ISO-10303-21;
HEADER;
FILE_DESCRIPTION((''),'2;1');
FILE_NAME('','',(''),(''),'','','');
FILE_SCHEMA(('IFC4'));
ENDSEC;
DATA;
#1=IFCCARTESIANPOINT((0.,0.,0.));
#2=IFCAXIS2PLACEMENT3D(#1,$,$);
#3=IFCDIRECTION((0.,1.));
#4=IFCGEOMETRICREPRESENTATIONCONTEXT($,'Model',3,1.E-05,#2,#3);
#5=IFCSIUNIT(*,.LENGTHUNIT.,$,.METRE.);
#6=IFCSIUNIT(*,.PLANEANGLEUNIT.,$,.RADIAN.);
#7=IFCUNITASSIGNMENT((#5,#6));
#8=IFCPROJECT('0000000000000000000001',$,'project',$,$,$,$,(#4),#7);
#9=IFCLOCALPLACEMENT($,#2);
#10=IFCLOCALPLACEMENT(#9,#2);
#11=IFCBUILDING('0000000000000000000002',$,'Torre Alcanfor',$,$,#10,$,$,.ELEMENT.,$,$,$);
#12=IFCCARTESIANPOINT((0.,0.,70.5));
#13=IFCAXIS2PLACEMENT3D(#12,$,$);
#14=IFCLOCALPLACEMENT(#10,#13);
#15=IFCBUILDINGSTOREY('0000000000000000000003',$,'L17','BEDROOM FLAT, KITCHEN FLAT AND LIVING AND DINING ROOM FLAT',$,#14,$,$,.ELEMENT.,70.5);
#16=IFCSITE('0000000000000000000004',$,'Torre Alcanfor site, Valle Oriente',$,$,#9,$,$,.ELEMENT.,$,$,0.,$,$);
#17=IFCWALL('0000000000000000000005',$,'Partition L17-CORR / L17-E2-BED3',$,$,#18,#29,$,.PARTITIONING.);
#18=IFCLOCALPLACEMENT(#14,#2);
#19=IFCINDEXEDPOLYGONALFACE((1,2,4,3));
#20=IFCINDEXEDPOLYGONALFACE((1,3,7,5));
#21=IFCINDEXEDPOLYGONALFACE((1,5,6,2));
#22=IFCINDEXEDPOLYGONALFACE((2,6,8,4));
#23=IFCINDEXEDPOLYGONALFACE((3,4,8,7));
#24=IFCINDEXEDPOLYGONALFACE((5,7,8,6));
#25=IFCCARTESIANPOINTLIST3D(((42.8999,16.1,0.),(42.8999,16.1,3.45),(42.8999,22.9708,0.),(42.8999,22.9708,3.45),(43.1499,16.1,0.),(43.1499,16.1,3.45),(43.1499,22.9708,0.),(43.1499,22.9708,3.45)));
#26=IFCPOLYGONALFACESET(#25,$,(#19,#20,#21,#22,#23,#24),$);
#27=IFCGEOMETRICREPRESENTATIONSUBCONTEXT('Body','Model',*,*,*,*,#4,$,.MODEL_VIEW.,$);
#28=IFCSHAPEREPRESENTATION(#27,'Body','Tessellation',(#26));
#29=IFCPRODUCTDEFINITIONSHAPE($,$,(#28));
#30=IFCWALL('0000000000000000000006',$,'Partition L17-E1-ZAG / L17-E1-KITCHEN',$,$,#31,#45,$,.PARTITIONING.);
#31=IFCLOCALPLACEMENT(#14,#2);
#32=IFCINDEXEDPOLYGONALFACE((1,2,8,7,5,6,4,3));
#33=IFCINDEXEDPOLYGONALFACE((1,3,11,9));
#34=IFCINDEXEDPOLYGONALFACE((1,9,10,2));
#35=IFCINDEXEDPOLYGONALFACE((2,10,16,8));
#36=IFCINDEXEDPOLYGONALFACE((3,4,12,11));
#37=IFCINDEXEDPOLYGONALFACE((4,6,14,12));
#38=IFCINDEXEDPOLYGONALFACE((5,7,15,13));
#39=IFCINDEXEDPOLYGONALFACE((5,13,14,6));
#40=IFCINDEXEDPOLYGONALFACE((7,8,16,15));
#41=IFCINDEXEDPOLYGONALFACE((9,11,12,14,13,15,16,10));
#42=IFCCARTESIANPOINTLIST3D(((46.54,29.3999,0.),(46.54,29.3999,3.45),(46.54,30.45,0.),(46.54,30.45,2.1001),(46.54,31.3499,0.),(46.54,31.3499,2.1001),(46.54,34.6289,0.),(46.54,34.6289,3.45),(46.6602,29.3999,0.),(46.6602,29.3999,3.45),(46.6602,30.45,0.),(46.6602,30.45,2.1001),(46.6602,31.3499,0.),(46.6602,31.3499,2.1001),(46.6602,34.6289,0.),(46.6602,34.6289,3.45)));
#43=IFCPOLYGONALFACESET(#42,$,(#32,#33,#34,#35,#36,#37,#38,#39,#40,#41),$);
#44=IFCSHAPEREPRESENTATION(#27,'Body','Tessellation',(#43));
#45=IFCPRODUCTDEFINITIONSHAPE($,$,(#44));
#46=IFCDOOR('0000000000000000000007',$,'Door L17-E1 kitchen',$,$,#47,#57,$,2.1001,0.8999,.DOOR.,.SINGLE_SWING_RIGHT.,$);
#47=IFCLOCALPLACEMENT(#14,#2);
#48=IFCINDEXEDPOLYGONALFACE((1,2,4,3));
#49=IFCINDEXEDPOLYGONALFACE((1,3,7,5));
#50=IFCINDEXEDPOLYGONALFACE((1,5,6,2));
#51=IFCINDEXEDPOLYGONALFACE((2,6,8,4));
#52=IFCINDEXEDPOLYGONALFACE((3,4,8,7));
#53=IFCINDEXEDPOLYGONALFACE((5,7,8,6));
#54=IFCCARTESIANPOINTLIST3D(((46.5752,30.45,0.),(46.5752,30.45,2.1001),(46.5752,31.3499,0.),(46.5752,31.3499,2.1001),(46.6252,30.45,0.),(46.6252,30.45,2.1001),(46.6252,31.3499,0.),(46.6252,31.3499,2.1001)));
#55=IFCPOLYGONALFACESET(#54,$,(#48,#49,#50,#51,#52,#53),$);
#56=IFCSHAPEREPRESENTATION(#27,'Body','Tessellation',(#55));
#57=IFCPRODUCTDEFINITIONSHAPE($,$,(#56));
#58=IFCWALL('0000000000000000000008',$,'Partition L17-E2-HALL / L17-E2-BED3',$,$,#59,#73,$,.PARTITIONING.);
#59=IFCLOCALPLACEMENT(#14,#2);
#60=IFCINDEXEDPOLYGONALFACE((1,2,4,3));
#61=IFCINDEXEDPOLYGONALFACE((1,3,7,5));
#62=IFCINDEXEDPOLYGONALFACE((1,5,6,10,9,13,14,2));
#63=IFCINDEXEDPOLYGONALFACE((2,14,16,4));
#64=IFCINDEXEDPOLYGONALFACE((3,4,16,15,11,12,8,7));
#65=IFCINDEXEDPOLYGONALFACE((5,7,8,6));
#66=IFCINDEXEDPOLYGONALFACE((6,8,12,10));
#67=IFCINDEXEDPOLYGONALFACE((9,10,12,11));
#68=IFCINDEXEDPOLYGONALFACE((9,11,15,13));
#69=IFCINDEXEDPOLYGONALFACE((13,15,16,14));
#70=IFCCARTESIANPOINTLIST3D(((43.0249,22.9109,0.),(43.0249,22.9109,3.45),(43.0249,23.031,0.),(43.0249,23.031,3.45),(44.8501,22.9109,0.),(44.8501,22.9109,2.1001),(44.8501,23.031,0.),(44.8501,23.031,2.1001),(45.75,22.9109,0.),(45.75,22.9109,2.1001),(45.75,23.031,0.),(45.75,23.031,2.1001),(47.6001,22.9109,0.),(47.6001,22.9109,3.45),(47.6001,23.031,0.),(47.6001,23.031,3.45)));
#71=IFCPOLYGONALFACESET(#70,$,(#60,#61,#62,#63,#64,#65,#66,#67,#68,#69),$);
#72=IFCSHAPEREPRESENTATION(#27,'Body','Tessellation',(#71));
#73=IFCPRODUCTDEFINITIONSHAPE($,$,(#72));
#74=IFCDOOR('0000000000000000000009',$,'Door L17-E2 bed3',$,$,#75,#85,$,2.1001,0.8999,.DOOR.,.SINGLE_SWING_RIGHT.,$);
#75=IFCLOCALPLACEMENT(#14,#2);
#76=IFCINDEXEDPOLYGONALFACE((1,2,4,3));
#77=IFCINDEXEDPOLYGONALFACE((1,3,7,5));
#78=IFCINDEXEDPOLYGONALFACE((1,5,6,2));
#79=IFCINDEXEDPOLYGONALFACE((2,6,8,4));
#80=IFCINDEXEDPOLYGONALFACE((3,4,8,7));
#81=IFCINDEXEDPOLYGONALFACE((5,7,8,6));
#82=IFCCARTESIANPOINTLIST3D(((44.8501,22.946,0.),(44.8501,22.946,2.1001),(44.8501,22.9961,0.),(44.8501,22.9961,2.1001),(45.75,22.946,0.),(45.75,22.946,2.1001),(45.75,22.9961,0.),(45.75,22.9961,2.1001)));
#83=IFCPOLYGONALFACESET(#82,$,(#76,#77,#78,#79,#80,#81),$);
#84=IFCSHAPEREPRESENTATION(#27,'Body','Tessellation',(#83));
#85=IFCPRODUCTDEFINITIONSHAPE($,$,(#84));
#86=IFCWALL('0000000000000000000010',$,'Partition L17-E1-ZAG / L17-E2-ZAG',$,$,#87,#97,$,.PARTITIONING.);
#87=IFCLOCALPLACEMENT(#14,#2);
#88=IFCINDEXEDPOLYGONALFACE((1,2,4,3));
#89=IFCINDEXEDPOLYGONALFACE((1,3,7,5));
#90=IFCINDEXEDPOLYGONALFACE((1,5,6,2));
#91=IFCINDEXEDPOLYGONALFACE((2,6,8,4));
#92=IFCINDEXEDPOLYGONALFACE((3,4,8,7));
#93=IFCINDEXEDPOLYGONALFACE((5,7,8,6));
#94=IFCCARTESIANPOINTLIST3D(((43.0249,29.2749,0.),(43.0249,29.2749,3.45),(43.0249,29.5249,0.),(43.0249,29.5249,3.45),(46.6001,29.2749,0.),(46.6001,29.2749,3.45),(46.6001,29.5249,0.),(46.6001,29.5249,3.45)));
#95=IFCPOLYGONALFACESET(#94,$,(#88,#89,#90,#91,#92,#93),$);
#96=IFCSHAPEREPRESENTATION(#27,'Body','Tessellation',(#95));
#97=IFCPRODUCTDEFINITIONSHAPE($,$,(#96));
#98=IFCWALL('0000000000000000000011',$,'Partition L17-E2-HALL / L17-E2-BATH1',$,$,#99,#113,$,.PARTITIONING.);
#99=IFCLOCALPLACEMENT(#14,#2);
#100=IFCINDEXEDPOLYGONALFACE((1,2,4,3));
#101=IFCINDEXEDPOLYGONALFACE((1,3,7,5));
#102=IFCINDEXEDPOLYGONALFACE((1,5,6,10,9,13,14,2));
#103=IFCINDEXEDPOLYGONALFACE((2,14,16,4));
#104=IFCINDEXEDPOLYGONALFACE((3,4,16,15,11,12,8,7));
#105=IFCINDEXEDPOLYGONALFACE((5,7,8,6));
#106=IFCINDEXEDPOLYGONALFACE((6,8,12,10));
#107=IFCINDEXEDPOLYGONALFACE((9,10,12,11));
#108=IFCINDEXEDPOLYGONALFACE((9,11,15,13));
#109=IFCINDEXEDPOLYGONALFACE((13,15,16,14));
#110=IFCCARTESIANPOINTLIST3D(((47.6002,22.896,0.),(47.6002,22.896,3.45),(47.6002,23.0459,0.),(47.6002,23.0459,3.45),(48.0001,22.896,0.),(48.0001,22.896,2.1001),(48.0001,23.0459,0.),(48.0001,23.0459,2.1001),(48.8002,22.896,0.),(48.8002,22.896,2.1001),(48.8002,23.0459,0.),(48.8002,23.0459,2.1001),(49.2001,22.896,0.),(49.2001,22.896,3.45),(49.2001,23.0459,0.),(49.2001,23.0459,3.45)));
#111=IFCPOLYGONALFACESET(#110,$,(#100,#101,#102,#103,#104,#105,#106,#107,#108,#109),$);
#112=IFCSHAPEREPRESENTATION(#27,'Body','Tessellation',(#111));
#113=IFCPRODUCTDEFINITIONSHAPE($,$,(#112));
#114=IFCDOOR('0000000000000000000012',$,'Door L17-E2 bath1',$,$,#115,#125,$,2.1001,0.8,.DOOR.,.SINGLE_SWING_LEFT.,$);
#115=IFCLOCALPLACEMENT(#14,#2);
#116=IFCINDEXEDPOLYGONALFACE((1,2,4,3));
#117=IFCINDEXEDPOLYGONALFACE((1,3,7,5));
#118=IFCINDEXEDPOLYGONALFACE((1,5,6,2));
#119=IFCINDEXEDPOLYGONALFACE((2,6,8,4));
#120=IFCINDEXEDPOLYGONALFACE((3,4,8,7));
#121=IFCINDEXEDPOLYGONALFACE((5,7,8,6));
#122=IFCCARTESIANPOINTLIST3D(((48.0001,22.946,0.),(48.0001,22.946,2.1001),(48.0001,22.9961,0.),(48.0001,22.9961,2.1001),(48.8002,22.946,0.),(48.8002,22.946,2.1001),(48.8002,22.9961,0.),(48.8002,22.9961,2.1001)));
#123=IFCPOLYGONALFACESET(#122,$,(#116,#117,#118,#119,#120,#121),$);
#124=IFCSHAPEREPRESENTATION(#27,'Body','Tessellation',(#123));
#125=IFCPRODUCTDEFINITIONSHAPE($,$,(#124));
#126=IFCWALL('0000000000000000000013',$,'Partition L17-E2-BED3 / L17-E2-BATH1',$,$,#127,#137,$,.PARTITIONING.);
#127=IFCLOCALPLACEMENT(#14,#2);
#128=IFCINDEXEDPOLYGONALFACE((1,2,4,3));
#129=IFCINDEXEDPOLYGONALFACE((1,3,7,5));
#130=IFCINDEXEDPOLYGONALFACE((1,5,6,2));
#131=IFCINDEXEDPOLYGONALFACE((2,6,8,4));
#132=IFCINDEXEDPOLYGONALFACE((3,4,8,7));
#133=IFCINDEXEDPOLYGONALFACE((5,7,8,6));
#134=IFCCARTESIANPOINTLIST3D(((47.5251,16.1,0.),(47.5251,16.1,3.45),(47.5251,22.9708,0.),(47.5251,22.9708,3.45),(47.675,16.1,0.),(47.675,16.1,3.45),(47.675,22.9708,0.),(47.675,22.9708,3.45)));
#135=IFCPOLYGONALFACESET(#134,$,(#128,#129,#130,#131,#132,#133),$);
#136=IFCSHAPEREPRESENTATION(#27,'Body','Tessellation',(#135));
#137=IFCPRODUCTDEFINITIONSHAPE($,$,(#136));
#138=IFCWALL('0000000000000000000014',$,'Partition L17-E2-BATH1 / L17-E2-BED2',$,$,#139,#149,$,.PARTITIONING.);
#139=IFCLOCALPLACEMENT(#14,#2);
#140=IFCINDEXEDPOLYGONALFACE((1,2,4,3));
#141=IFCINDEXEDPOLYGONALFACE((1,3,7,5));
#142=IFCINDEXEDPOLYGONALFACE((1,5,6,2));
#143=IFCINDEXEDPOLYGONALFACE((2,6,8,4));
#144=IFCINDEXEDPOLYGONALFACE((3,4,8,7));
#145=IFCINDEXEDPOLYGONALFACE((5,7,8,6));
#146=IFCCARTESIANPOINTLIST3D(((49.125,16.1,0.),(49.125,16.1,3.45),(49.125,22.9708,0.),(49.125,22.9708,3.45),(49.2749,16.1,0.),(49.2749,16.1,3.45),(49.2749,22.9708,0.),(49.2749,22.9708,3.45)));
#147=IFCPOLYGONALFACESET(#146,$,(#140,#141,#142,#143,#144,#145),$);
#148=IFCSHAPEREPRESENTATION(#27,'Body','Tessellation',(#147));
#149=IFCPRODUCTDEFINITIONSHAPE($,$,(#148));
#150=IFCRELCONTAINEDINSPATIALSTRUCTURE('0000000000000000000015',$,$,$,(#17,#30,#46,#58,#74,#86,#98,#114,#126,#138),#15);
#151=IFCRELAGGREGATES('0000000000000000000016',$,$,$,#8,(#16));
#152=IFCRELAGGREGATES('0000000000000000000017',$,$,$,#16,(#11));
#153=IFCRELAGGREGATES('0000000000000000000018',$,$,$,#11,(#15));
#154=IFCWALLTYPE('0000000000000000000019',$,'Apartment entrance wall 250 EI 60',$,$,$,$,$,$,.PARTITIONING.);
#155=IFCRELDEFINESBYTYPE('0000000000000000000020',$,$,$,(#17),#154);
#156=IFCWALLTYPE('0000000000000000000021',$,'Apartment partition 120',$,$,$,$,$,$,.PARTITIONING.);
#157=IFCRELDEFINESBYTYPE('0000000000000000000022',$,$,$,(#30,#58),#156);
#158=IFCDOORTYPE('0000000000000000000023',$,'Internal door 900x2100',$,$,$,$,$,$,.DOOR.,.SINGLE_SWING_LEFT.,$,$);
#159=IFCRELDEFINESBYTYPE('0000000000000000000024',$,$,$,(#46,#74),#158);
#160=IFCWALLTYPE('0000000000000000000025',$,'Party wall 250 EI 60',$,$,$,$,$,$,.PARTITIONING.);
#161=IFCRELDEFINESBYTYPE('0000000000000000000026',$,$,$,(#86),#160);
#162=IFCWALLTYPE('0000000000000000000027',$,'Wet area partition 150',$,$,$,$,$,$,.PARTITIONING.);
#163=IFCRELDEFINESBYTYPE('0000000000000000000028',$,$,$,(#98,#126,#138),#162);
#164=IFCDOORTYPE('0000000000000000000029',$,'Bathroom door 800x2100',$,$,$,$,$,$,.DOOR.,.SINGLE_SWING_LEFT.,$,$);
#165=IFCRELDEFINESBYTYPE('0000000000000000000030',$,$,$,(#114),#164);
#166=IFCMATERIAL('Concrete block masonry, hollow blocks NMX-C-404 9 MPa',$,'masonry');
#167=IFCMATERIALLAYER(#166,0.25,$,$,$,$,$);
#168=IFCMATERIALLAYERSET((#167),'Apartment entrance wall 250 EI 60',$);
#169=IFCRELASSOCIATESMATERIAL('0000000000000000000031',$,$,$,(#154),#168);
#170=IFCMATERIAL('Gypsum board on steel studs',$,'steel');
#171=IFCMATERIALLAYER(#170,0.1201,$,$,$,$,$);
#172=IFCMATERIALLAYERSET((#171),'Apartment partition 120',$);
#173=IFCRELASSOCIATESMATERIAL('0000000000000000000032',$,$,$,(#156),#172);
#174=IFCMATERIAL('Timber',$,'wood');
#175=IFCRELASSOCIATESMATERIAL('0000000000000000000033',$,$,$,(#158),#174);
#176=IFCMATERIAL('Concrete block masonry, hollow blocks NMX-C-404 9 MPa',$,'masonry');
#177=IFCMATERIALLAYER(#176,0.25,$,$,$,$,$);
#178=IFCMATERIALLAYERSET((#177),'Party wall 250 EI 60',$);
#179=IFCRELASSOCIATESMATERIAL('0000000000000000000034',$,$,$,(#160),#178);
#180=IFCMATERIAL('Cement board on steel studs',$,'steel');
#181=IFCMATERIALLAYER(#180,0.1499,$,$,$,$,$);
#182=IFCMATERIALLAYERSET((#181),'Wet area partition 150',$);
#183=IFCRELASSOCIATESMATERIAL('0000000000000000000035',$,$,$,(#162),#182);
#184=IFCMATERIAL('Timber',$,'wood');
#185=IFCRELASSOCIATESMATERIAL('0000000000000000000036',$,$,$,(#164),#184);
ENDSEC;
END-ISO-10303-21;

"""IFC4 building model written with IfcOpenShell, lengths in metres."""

from ifc_helpers import new_model, si_unit, direction, frame, frame_2d, origin, place, context, subcontext, project, spatial, rectangle, extrude, material, layer, layer_set, type_object, element, fill, save


model = new_model("IFC4")

# Units and contexts
model_context = context("Model", 3, precision=1e-05, world=origin(), true_north=direction((0.0, 1.0)))
body_context = subcontext(model_context, "Body", "Model", "MODEL_VIEW")
ifc_project = project(units=[si_unit("LENGTHUNIT", "METRE"), si_unit("PLANEANGLEUNIT", "RADIAN")], contexts=[model_context])

# Site, building, storey
site_placement = place(None, origin())
site = spatial("IfcSite", under=ifc_project, at=site_placement, Name="Torre Alcanfor site, Valle Oriente", CompositionType="ELEMENT", RefElevation=0.0)
building_placement = place(site_placement, origin())
building = spatial("IfcBuilding", under=site, at=building_placement, Name="Torre Alcanfor", CompositionType="ELEMENT")
storey_placement = place(building_placement, frame((0.0, 0.0, 70.5)))
storey = spatial("IfcBuildingStorey", under=building, at=storey_placement, Name="L17", Description="BEDROOM FLAT, KITCHEN FLAT AND LIVING AND DINING ROOM FLAT", CompositionType="ELEMENT", Elevation=70.5)

# Shared definitions
ifc_material_1 = material(Name="Concrete block masonry, hollow blocks NMX-C-404 9 MPa", Category="masonry")
ifc_layer_1 = layer(ifc_material_1, 0.25)
ifc_layer_set_1 = layer_set([ifc_layer_1], Name="Apartment entrance wall 250 EI 60")
wall_type_1 = type_object("IfcWallType", Name="Apartment entrance wall 250 EI 60", PredefinedType="PARTITIONING", material=ifc_layer_set_1)

# Wall
wall_1_placement = place(storey_placement, frame((43.0249, 22.9709, 0.0), z_axis=(0.0, 0.0, 1.0), x_axis=(0.0, -1.0, 0.0)))
element("IfcWall", 1, at=wall_1_placement, inside=storey, type_object=wall_type_1, Name="Partition L17-CORR / L17-E2-BED3", PredefinedType="PARTITIONING", context=body_context, shape_type="SweptSolid", body=[
    extrude(rectangle(XDim=6.8708, YDim=0.25, at=frame_2d((3.4355, 0.0))), origin(), (0.0, 0.0, 1.0), 3.45),
])

# Walls, openings, doors
ifc_material_2 = material(Name="Gypsum board on steel studs", Category="steel")
ifc_layer_2 = layer(ifc_material_2, 0.1201)
ifc_layer_set_2 = layer_set([ifc_layer_2], Name="Apartment partition 120")
wall_type_2 = type_object("IfcWallType", Name="Apartment partition 120", PredefinedType="PARTITIONING", material=ifc_layer_set_2)
wall_2_placement = place(storey_placement, frame((46.6001, 29.3999, 0.0), z_axis=(0.0, 0.0, 1.0), x_axis=(0.0, 1.0, 0.0)))
wall_2 = element("IfcWall", 2, at=wall_2_placement, inside=storey, type_object=wall_type_2, Name="Partition L17-E1-ZAG / L17-E1-KITCHEN", PredefinedType="PARTITIONING", context=body_context, shape_type="SweptSolid", body=[
    extrude(rectangle(XDim=5.229, YDim=0.1201, at=frame_2d((2.6145, 0.0))), origin(), (0.0, 0.0, 1.0), 3.45),
])
opening_1_placement = place(wall_2_placement, frame((1.05, 0.0, 0.0)))
opening_1 = element("IfcOpeningElement", 3, at=opening_1_placement, cuts=wall_2, PredefinedType="OPENING", context=body_context, shape_type="SweptSolid", body=[
    extrude(rectangle(XDim=0.8999, YDim=2.1001, at=frame_2d((0.45, 1.05))), frame((0.0, 0.0701, 0.0), z_axis=(0.0, -1.0, 0.0), x_axis=(1.0, 0.0, 0.0)), (0.0, 0.0, 1.0), 0.1401),
])
ifc_material_3 = material(Name="Timber", Category="wood")
door_type_1 = type_object("IfcDoorType", Name="Internal door 900x2100", OperationType="SINGLE_SWING_LEFT", PredefinedType="DOOR", material=ifc_material_3)
door_1_placement = place(opening_1_placement, frame((0.8999, 0.0, 0.0), z_axis=(0.0, 0.0, 1.0), x_axis=(-1.0, 0.0, 0.0)))
door_1 = element("IfcDoor", 4, at=door_1_placement, inside=storey, type_object=door_type_1, Name="Door L17-E1 kitchen", OperationType="SINGLE_SWING_RIGHT", OverallHeight=2.1001, OverallWidth=0.8999, PredefinedType="DOOR", context=body_context, shape_type="SweptSolid", body=[
    extrude(rectangle(XDim=0.8999, YDim=2.1001, at=frame_2d((0.45, 1.05))), frame((0.0, 0.0251, 0.0), z_axis=(0.0, -1.0, 0.0), x_axis=(1.0, 0.0, 0.0)), (0.0, 0.0, 1.0), 0.05),
])
fill(opening_1, door_1)
wall_3_placement = place(storey_placement, frame((47.6001, 22.9709, 0.0), z_axis=(0.0, 0.0, 1.0), x_axis=(-1.0, 0.0, 0.0)))
wall_3 = element("IfcWall", 5, at=wall_3_placement, inside=storey, type_object=wall_type_2, Name="Partition L17-E2-HALL / L17-E2-BED3", PredefinedType="PARTITIONING", context=body_context, shape_type="SweptSolid", body=[
    extrude(rectangle(XDim=4.5752, YDim=0.1201, at=frame_2d((2.2876, 0.0))), origin(), (0.0, 0.0, 1.0), 3.45),
])
opening_2_placement = place(wall_3_placement, frame((1.8501, 0.0, 0.0)))
opening_2 = element("IfcOpeningElement", 6, at=opening_2_placement, cuts=wall_3, PredefinedType="OPENING", context=body_context, shape_type="SweptSolid", body=[
    extrude(rectangle(XDim=0.8999, YDim=2.1001, at=frame_2d((0.45, 1.05))), frame((0.0, 0.0701, 0.0), z_axis=(0.0, -1.0, 0.0), x_axis=(1.0, 0.0, 0.0)), (0.0, 0.0, 1.0), 0.1401),
])
door_2_placement = place(opening_2_placement, origin())
door_2 = element("IfcDoor", 7, at=door_2_placement, inside=storey, type_object=door_type_1, Name="Door L17-E2 bed3", OperationType="SINGLE_SWING_RIGHT", OverallHeight=2.1001, OverallWidth=0.8999, PredefinedType="DOOR", context=body_context, shape_type="SweptSolid", body=[
    extrude(rectangle(XDim=0.8999, YDim=2.1001, at=frame_2d((0.45, 1.05))), frame((0.0, 0.0249, 0.0), z_axis=(0.0, -1.0, 0.0), x_axis=(1.0, 0.0, 0.0)), (0.0, 0.0, 1.0), 0.05),
])
fill(opening_2, door_2)

# Wall
ifc_material_4 = material(Name="Concrete block masonry, hollow blocks NMX-C-404 9 MPa", Category="masonry")
ifc_layer_3 = layer(ifc_material_4, 0.25)
ifc_layer_set_3 = layer_set([ifc_layer_3], Name="Party wall 250 EI 60")
wall_type_3 = type_object("IfcWallType", Name="Party wall 250 EI 60", PredefinedType="PARTITIONING", material=ifc_layer_set_3)
wall_4_placement = place(storey_placement, frame((43.0249, 29.3999, 0.0), z_axis=(0.0, 0.0, 1.0), x_axis=(1.0, 0.0, 0.0)))
element("IfcWall", 8, at=wall_4_placement, inside=storey, type_object=wall_type_3, Name="Partition L17-E1-ZAG / L17-E2-ZAG", PredefinedType="PARTITIONING", context=body_context, shape_type="SweptSolid", body=[
    extrude(rectangle(XDim=3.5752, YDim=0.25, at=frame_2d((1.7876, 0.0))), origin(), (0.0, 0.0, 1.0), 3.45),
])

# Wall, opening, door
ifc_material_5 = material(Name="Cement board on steel studs", Category="steel")
ifc_layer_4 = layer(ifc_material_5, 0.1499)
ifc_layer_set_4 = layer_set([ifc_layer_4], Name="Wet area partition 150")
wall_type_4 = type_object("IfcWallType", Name="Wet area partition 150", PredefinedType="PARTITIONING", material=ifc_layer_set_4)
wall_5_placement = place(storey_placement, frame((49.2, 22.9709, 0.0), z_axis=(0.0, 0.0, 1.0), x_axis=(-1.0, 0.0, 0.0)))
wall_5 = element("IfcWall", 9, at=wall_5_placement, inside=storey, type_object=wall_type_4, Name="Partition L17-E2-HALL / L17-E2-BATH1", PredefinedType="PARTITIONING", context=body_context, shape_type="SweptSolid", body=[
    extrude(rectangle(XDim=1.5999, YDim=0.1499, at=frame_2d((0.7998, 0.0))), origin(), (0.0, 0.0, 1.0), 3.45),
])
opening_3_placement = place(wall_5_placement, frame((0.3999, 0.0, 0.0)))
opening_3 = element("IfcOpeningElement", 10, at=opening_3_placement, cuts=wall_5, PredefinedType="OPENING", context=body_context, shape_type="SweptSolid", body=[
    extrude(rectangle(XDim=0.8, YDim=2.1001, at=frame_2d((0.3999, 1.05))), frame((0.0, 0.085, 0.0), z_axis=(0.0, -1.0, 0.0), x_axis=(1.0, 0.0, 0.0)), (0.0, 0.0, 1.0), 0.1699),
])
ifc_material_6 = material(Name="Timber", Category="wood")
door_type_2 = type_object("IfcDoorType", Name="Bathroom door 800x2100", OperationType="SINGLE_SWING_LEFT", PredefinedType="DOOR", material=ifc_material_6)
door_3_placement = place(opening_3_placement, origin())
door_3 = element("IfcDoor", 11, at=door_3_placement, inside=storey, type_object=door_type_2, Name="Door L17-E2 bath1", OperationType="SINGLE_SWING_LEFT", OverallHeight=2.1001, OverallWidth=0.8, PredefinedType="DOOR", context=body_context, shape_type="SweptSolid", body=[
    extrude(rectangle(XDim=0.8, YDim=2.1001, at=frame_2d((0.3999, 1.05))), frame((0.0, 0.0249, 0.0), z_axis=(0.0, -1.0, 0.0), x_axis=(1.0, 0.0, 0.0)), (0.0, 0.0, 1.0), 0.05),
])
fill(opening_3, door_3)

# Walls
for number, where, z_axis, x_axis, name in (
    (12, (47.6001, 22.9709, 0.0), (0.0, 0.0, 1.0), (0.0, -1.0, 0.0), "Partition L17-E2-BED3 / L17-E2-BATH1"),
    (13, (49.2, 22.9709, 0.0), (0.0, 0.0, 1.0), (0.0, -1.0, 0.0), "Partition L17-E2-BATH1 / L17-E2-BED2"),
):
    element("IfcWall", number, at=place(storey_placement, frame(where, z_axis=z_axis, x_axis=x_axis)), inside=storey, type_object=wall_type_4, Name=name, PredefinedType="PARTITIONING", context=body_context, shape_type="SweptSolid", body=[
        extrude(rectangle(XDim=6.8708, YDim=0.1499, at=frame_2d((3.4355, 0.0))), origin(), (0.0, 0.0, 1.0), 3.45),
    ])

save(model, "model.ifc")
